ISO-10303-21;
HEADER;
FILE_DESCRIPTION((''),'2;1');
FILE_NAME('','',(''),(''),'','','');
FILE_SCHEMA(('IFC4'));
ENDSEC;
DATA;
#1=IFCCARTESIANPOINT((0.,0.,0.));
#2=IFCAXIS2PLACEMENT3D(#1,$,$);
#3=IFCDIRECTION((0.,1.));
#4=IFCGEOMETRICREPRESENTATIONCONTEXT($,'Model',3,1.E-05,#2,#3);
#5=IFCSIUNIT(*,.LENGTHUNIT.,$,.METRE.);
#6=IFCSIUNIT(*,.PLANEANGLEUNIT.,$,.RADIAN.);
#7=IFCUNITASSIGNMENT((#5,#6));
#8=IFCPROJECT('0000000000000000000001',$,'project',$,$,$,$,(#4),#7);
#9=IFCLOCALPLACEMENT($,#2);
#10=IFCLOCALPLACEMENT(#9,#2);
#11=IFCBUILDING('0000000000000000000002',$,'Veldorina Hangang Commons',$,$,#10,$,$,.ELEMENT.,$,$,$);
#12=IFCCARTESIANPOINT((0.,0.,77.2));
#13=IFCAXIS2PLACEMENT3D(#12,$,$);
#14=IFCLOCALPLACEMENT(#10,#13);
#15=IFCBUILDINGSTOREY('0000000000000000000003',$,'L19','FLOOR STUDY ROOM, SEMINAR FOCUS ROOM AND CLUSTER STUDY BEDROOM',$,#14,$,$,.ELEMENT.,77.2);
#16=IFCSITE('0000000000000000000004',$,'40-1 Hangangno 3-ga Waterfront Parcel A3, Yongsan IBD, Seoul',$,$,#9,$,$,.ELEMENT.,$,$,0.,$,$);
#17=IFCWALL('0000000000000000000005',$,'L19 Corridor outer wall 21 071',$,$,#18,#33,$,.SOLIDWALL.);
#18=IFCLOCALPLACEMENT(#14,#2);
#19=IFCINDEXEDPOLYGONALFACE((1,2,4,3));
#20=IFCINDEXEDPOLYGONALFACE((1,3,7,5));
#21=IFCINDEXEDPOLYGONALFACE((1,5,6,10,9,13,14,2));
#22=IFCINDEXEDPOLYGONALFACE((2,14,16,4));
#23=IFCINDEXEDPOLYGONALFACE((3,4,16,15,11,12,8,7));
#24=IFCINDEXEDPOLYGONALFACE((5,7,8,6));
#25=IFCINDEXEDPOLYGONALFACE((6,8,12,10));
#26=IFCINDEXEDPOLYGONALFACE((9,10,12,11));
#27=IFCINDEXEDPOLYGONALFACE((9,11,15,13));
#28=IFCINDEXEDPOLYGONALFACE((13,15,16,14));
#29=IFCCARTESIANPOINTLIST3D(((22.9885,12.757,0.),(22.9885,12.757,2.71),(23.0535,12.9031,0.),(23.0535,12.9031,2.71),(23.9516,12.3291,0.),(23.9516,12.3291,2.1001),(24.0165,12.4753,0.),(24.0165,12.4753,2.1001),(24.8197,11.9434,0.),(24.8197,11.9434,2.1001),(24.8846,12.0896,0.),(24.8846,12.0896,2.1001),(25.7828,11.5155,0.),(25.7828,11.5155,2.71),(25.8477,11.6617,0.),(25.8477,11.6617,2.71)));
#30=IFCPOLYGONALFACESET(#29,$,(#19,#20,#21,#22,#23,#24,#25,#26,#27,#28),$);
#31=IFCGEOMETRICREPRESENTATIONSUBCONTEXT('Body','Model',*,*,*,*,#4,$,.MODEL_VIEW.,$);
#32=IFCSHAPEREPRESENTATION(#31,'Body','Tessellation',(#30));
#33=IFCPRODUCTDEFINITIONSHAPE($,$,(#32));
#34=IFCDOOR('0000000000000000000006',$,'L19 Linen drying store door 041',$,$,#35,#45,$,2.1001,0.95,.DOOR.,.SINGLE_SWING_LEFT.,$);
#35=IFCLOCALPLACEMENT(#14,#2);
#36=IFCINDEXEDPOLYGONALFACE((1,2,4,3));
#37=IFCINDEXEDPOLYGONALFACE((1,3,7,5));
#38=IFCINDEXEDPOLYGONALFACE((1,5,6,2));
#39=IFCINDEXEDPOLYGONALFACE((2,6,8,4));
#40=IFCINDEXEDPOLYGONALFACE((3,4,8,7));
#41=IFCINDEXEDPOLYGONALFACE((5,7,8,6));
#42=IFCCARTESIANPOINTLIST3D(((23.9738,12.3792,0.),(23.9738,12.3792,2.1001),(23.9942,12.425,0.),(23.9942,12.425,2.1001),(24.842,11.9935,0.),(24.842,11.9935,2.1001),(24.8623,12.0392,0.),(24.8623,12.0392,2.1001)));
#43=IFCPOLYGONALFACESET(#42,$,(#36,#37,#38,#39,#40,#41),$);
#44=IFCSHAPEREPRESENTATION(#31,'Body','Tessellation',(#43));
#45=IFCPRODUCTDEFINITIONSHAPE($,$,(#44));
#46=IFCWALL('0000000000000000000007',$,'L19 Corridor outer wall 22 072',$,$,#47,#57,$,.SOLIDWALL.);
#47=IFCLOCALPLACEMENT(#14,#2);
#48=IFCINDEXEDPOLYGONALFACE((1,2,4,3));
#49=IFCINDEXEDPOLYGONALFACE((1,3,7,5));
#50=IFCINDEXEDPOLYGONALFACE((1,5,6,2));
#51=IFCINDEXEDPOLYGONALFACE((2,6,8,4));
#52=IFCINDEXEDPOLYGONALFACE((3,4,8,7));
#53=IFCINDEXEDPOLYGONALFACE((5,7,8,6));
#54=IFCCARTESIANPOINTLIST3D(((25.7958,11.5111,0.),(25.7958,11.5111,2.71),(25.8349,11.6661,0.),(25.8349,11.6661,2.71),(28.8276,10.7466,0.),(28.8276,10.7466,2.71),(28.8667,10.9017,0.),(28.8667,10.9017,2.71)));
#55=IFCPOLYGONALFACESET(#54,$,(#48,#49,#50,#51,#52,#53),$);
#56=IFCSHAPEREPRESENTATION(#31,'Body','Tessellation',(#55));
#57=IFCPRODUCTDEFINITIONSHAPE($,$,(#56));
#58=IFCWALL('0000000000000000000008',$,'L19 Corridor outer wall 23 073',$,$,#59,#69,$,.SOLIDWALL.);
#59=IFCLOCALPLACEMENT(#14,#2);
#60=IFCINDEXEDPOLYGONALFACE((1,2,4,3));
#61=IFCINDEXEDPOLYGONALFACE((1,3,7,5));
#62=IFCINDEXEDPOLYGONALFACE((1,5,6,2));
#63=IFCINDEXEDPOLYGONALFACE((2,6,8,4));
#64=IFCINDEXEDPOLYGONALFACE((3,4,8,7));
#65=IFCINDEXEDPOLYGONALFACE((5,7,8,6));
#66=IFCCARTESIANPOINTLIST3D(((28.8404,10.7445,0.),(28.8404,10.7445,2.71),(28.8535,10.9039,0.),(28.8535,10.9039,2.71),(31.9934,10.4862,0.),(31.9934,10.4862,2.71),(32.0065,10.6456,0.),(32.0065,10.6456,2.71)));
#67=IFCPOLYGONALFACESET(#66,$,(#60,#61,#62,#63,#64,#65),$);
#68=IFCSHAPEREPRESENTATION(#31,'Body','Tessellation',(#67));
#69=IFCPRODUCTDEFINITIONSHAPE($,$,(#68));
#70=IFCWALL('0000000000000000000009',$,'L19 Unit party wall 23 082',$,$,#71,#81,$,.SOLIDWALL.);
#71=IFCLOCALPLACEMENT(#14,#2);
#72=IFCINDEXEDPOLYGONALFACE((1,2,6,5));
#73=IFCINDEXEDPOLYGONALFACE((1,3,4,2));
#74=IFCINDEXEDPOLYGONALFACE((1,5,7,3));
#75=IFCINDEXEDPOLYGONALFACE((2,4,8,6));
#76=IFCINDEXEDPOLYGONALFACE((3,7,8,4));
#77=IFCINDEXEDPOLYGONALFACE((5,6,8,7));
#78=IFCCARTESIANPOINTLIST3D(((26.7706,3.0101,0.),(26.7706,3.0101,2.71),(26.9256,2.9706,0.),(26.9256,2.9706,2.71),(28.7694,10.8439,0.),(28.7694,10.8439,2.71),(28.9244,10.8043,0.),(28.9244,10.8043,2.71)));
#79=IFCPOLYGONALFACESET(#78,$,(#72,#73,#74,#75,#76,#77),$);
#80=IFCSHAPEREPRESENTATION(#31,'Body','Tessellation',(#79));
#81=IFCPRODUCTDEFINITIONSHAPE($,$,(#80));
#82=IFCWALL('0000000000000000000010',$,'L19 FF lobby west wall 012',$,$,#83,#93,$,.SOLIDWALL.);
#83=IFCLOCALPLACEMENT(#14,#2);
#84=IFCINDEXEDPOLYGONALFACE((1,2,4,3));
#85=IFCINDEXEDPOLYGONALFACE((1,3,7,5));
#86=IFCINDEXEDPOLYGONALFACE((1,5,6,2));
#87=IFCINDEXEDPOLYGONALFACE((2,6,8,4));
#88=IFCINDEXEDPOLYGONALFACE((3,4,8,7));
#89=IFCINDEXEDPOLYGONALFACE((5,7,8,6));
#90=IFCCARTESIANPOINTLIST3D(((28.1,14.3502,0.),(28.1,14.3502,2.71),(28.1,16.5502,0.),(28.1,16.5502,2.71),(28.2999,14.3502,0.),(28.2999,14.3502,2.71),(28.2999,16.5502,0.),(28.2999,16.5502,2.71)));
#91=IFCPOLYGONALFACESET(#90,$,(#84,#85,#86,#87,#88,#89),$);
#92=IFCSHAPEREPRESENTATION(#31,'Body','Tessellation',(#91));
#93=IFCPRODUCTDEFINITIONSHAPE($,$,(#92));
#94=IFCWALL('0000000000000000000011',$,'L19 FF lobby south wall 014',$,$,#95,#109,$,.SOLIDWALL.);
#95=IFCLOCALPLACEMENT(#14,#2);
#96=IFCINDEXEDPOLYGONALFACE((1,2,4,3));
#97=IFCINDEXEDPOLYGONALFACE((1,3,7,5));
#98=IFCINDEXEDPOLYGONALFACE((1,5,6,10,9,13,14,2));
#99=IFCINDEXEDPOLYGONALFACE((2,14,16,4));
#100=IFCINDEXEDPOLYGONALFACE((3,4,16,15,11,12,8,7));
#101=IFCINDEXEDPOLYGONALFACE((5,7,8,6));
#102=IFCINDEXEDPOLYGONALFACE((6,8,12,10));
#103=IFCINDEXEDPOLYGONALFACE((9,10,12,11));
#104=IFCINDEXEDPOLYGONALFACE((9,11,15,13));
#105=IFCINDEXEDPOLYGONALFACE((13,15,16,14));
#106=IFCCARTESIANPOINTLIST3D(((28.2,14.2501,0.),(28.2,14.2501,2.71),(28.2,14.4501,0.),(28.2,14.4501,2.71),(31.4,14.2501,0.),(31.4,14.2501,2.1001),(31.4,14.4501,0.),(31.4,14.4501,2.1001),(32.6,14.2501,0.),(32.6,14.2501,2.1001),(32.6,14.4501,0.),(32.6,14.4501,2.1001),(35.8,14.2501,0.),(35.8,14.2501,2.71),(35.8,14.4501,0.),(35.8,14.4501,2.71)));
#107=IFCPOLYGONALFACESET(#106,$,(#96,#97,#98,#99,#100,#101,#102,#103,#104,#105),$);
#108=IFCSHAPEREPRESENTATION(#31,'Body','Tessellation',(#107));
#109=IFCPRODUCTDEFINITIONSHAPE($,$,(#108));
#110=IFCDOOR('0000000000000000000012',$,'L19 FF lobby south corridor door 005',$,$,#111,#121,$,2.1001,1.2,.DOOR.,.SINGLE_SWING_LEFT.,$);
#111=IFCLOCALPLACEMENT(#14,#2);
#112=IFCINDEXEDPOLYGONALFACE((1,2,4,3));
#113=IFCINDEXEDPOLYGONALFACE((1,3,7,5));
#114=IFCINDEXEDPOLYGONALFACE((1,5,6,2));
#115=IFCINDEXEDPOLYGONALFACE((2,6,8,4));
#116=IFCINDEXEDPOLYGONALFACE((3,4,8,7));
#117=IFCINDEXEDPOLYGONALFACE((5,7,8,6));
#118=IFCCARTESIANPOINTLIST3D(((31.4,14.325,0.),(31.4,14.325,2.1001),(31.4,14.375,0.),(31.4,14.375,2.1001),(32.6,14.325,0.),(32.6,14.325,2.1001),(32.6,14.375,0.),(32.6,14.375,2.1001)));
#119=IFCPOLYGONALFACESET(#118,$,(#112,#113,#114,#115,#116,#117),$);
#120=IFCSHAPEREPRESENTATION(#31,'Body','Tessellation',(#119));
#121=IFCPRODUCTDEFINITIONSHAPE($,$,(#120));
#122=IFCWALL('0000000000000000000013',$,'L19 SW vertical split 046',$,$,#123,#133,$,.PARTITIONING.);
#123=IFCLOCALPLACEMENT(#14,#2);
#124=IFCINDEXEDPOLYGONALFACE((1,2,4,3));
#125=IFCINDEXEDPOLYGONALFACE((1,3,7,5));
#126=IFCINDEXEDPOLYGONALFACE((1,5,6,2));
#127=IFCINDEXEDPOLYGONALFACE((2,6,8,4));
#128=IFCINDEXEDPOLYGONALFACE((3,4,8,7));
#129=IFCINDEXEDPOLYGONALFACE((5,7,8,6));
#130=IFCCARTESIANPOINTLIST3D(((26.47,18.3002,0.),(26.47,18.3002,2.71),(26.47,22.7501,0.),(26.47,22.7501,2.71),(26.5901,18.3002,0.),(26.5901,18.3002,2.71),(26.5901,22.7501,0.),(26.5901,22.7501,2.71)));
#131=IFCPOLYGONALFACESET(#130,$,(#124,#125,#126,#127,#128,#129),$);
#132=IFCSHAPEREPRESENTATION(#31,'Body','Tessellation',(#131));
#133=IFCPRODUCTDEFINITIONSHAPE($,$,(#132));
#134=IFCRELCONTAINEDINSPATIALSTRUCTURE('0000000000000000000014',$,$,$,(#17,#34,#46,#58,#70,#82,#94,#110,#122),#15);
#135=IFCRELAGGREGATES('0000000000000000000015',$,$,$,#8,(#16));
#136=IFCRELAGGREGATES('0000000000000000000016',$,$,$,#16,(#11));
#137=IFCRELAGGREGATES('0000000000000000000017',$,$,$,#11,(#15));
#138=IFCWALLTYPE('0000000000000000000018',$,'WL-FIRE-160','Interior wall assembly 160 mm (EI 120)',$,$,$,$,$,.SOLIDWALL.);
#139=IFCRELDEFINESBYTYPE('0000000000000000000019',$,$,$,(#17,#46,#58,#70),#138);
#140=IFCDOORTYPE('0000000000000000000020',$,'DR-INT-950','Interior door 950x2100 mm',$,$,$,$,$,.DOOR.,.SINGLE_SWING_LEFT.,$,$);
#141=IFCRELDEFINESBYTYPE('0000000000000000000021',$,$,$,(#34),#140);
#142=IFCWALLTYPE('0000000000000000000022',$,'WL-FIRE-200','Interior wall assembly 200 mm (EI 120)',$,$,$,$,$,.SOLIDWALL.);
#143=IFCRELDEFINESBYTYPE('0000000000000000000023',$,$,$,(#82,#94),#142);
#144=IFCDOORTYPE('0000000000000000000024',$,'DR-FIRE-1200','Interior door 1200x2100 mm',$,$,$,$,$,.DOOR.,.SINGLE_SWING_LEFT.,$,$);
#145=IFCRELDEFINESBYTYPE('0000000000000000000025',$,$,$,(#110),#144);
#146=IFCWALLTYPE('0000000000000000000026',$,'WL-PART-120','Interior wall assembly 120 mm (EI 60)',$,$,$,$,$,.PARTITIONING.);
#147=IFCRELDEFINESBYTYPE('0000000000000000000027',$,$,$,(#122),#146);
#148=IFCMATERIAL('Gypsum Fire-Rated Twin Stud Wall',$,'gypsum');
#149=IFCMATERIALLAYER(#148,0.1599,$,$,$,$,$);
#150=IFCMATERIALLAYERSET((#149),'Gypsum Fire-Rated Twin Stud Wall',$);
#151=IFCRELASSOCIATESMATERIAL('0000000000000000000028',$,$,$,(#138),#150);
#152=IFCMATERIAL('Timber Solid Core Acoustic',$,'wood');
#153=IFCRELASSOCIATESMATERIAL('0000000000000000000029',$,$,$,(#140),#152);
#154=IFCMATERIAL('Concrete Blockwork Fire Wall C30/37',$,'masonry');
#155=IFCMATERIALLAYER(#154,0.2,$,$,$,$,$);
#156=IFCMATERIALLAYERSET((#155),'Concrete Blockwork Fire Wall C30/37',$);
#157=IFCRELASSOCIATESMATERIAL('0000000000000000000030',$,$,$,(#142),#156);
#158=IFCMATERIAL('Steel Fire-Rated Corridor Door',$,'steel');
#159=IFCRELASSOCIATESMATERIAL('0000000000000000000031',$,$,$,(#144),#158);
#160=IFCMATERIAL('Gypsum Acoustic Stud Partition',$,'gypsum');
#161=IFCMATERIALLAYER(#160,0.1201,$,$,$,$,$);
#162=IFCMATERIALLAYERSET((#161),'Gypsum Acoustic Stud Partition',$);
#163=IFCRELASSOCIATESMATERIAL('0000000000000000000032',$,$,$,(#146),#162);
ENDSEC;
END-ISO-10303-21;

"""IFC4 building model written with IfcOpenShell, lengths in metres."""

from ifc_helpers import new_model, si_unit, direction, frame, frame_2d, origin, place, context, subcontext, project, spatial, rectangle, extrude, material, layer, layer_set, type_object, element, fill, save


model = new_model("IFC4")

# Units and contexts
model_context = context("Model", 3, precision=1e-05, world=origin(), true_north=direction((0.0, 1.0)))
body_context = subcontext(model_context, "Body", "Model", "MODEL_VIEW")
ifc_project = project(units=[si_unit("LENGTHUNIT", "METRE"), si_unit("PLANEANGLEUNIT", "RADIAN")], contexts=[model_context])

# Site, building, storey
site_placement = place(None, origin())
site = spatial("IfcSite", under=ifc_project, at=site_placement, Name="40-1 Hangangno 3-ga Waterfront Parcel A3, Yongsan IBD, Seoul", CompositionType="ELEMENT", RefElevation=0.0)
building_placement = place(site_placement, origin())
building = spatial("IfcBuilding", under=site, at=building_placement, Name="Veldorina Hangang Commons", CompositionType="ELEMENT")
storey_placement = place(building_placement, frame((0.0, 0.0, 77.2)))
storey = spatial("IfcBuildingStorey", under=building, at=storey_placement, Name="L19", Description="FLOOR STUDY ROOM, SEMINAR FOCUS ROOM AND CLUSTER STUDY BEDROOM", CompositionType="ELEMENT", Elevation=77.2)

# Shared definitions
ifc_material_1 = material(Name="Gypsum Fire-Rated Twin Stud Wall", Category="gypsum")
ifc_layer_1 = layer(ifc_material_1, 0.1599)
ifc_layer_set_1 = layer_set([ifc_layer_1], Name="Gypsum Fire-Rated Twin Stud Wall")
wall_type_1 = type_object("IfcWallType", Name="WL-FIRE-160", Description="Interior wall assembly 160 mm (EI 120)", PredefinedType="SOLIDWALL", material=ifc_layer_set_1)

# Wall, opening, door
wall_1_placement = place(storey_placement, frame((23.021, 12.8301, 0.0), z_axis=(0.0, 0.0, 1.0), x_axis=(0.913861, -0.406027, 0.0)))
wall_1 = element("IfcWall", 1, at=wall_1_placement, inside=storey, type_object=wall_type_1, Name="L19 Corridor outer wall 21 071", PredefinedType="SOLIDWALL", context=body_context, shape_type="SweptSolid", body=[
    extrude(rectangle(XDim=3.0576, YDim=0.1599, at=frame_2d((1.5288, 0.0))), origin(), (0.0, 0.0, 1.0), 2.71),
])
opening_1_placement = place(wall_1_placement, frame((1.0537, 0.0, 0.0)))
opening_1 = element("IfcOpeningElement", 2, at=opening_1_placement, cuts=wall_1, PredefinedType="OPENING", context=body_context, shape_type="SweptSolid", body=[
    extrude(rectangle(XDim=0.95, YDim=2.1001, at=frame_2d((0.4751, 1.05))), frame((0.0, 0.0898, 0.0), z_axis=(0.0, -1.0, 0.0), x_axis=(1.0, 0.0, 0.0)), (0.0, 0.0, 1.0), 0.1799),
])
ifc_material_2 = material(Name="Timber Solid Core Acoustic", Category="wood")
door_type_1 = type_object("IfcDoorType", Name="DR-INT-950", Description="Interior door 950x2100 mm", OperationType="SINGLE_SWING_LEFT", PredefinedType="DOOR", material=ifc_material_2)
door_1_placement = place(opening_1_placement, origin())
door_1 = element("IfcDoor", 3, at=door_1_placement, inside=storey, type_object=door_type_1, Name="L19 Linen drying store door 041", OperationType="SINGLE_SWING_LEFT", OverallHeight=2.1001, OverallWidth=0.95, PredefinedType="DOOR", context=body_context, shape_type="SweptSolid", body=[
    extrude(rectangle(XDim=0.95, YDim=2.1001, at=frame_2d((0.4751, 1.05))), frame((0.0, 0.0249, 0.0), z_axis=(0.0, -1.0, 0.0), x_axis=(1.0, 0.0, 0.0)), (0.0, 0.0, 1.0), 0.05),
])
fill(opening_1, door_1)

# Walls
wall_2_placement = place(storey_placement, frame((25.8152, 11.5886, 0.0), z_axis=(0.0, 0.0, 1.0), x_axis=(0.969654, -0.244483, 0.0)))
element("IfcWall", 4, at=wall_2_placement, inside=storey, type_object=wall_type_1, Name="L19 Corridor outer wall 22 072", PredefinedType="SOLIDWALL", context=body_context, shape_type="SweptSolid", body=[
    extrude(rectangle(XDim=3.1267, YDim=0.1599, at=frame_2d((1.5635, 0.0))), origin(), (0.0, 0.0, 1.0), 2.71),
])
wall_3_placement = place(storey_placement, frame((28.8469, 10.8242, 0.0), z_axis=(0.0, 0.0, 1.0), x_axis=(0.996661, -0.081647, 0.0)))
element("IfcWall", 5, at=wall_3_placement, inside=storey, type_object=wall_type_1, Name="L19 Corridor outer wall 23 073", PredefinedType="SOLIDWALL", context=body_context, shape_type="SweptSolid", body=[
    extrude(rectangle(XDim=3.1636, YDim=0.1599, at=frame_2d((1.5818, 0.0))), origin(), (0.0, 0.0, 1.0), 2.71),
])
wall_4_placement = place(storey_placement, frame((28.8469, 10.8242, 0.0), z_axis=(0.0, 0.0, 1.0), x_axis=(-0.247229, -0.968957, 0.0)))
element("IfcWall", 6, at=wall_4_placement, inside=storey, type_object=wall_type_1, Name="L19 Unit party wall 23 082", PredefinedType="SOLIDWALL", context=body_context, shape_type="SweptSolid", body=[
    extrude(rectangle(XDim=8.0847, YDim=0.1599, at=frame_2d((4.0425, 0.0))), origin(), (0.0, 0.0, 1.0), 2.71),
])
ifc_material_3 = material(Name="Concrete Blockwork Fire Wall C30/37", Category="masonry")
ifc_layer_2 = layer(ifc_material_3, 0.2)
ifc_layer_set_2 = layer_set([ifc_layer_2], Name="Concrete Blockwork Fire Wall C30/37")
wall_type_2 = type_object("IfcWallType", Name="WL-FIRE-200", Description="Interior wall assembly 200 mm (EI 120)", PredefinedType="SOLIDWALL", material=ifc_layer_set_2)
wall_5_placement = place(storey_placement, frame((28.2, 14.3501, 0.0), z_axis=(0.0, 0.0, 1.0), x_axis=(0.0, 1.0, 0.0)))
element("IfcWall", 7, at=wall_5_placement, inside=storey, type_object=wall_type_2, Name="L19 FF lobby west wall 012", PredefinedType="SOLIDWALL", context=body_context, shape_type="SweptSolid", body=[
    extrude(rectangle(XDim=2.2, YDim=0.2, at=frame_2d((1.1001, 0.0))), origin(), (0.0, 0.0, 1.0), 2.71),
])

# Wall, opening, door
wall_6_placement = place(storey_placement, frame((28.2, 14.3501, 0.0), z_axis=(0.0, 0.0, 1.0), x_axis=(1.0, 0.0, 0.0)))
wall_6 = element("IfcWall", 8, at=wall_6_placement, inside=storey, type_object=wall_type_2, Name="L19 FF lobby south wall 014", PredefinedType="SOLIDWALL", context=body_context, shape_type="SweptSolid", body=[
    extrude(rectangle(XDim=7.6001, YDim=0.2, at=frame_2d((3.8, 0.0))), origin(), (0.0, 0.0, 1.0), 2.71),
])
opening_2_placement = place(wall_6_placement, frame((3.2, 0.0, 0.0)))
opening_2 = element("IfcOpeningElement", 9, at=opening_2_placement, cuts=wall_6, PredefinedType="OPENING", context=body_context, shape_type="SweptSolid", body=[
    extrude(rectangle(XDim=1.2, YDim=2.1001, at=frame_2d((0.6001, 1.05))), frame((0.0, 0.1099, 0.0), z_axis=(0.0, -1.0, 0.0), x_axis=(1.0, 0.0, 0.0)), (0.0, 0.0, 1.0), 0.22),
])
ifc_material_4 = material(Name="Steel Fire-Rated Corridor Door", Category="steel")
door_type_2 = type_object("IfcDoorType", Name="DR-FIRE-1200", Description="Interior door 1200x2100 mm", OperationType="SINGLE_SWING_LEFT", PredefinedType="DOOR", material=ifc_material_4)
door_2_placement = place(opening_2_placement, origin())
door_2 = element("IfcDoor", 10, at=door_2_placement, inside=storey, type_object=door_type_2, Name="L19 FF lobby south corridor door 005", OperationType="SINGLE_SWING_LEFT", OverallHeight=2.1001, OverallWidth=1.2, PredefinedType="DOOR", context=body_context, shape_type="SweptSolid", body=[
    extrude(rectangle(XDim=1.2, YDim=2.1001, at=frame_2d((0.6001, 1.05))), frame((0.0, 0.0249, 0.0), z_axis=(0.0, -1.0, 0.0), x_axis=(1.0, 0.0, 0.0)), (0.0, 0.0, 1.0), 0.05),
])
fill(opening_2, door_2)

# Wall
ifc_material_5 = material(Name="Gypsum Acoustic Stud Partition", Category="gypsum")
ifc_layer_3 = layer(ifc_material_5, 0.1201)
ifc_layer_set_3 = layer_set([ifc_layer_3], Name="Gypsum Acoustic Stud Partition")
wall_type_3 = type_object("IfcWallType", Name="WL-PART-120", Description="Interior wall assembly 120 mm (EI 60)", PredefinedType="PARTITIONING", material=ifc_layer_set_3)
wall_7_placement = place(storey_placement, frame((26.53, 18.3, 0.0), z_axis=(0.0, 0.0, 1.0), x_axis=(0.0, 1.0, 0.0)))
element("IfcWall", 11, at=wall_7_placement, inside=storey, type_object=wall_type_3, Name="L19 SW vertical split 046", PredefinedType="PARTITIONING", context=body_context, shape_type="SweptSolid", body=[
    extrude(rectangle(XDim=4.45, YDim=0.1201, at=frame_2d((2.2251, 0.0))), origin(), (0.0, 0.0, 1.0), 2.71),
])

save(model, "model.ifc")
